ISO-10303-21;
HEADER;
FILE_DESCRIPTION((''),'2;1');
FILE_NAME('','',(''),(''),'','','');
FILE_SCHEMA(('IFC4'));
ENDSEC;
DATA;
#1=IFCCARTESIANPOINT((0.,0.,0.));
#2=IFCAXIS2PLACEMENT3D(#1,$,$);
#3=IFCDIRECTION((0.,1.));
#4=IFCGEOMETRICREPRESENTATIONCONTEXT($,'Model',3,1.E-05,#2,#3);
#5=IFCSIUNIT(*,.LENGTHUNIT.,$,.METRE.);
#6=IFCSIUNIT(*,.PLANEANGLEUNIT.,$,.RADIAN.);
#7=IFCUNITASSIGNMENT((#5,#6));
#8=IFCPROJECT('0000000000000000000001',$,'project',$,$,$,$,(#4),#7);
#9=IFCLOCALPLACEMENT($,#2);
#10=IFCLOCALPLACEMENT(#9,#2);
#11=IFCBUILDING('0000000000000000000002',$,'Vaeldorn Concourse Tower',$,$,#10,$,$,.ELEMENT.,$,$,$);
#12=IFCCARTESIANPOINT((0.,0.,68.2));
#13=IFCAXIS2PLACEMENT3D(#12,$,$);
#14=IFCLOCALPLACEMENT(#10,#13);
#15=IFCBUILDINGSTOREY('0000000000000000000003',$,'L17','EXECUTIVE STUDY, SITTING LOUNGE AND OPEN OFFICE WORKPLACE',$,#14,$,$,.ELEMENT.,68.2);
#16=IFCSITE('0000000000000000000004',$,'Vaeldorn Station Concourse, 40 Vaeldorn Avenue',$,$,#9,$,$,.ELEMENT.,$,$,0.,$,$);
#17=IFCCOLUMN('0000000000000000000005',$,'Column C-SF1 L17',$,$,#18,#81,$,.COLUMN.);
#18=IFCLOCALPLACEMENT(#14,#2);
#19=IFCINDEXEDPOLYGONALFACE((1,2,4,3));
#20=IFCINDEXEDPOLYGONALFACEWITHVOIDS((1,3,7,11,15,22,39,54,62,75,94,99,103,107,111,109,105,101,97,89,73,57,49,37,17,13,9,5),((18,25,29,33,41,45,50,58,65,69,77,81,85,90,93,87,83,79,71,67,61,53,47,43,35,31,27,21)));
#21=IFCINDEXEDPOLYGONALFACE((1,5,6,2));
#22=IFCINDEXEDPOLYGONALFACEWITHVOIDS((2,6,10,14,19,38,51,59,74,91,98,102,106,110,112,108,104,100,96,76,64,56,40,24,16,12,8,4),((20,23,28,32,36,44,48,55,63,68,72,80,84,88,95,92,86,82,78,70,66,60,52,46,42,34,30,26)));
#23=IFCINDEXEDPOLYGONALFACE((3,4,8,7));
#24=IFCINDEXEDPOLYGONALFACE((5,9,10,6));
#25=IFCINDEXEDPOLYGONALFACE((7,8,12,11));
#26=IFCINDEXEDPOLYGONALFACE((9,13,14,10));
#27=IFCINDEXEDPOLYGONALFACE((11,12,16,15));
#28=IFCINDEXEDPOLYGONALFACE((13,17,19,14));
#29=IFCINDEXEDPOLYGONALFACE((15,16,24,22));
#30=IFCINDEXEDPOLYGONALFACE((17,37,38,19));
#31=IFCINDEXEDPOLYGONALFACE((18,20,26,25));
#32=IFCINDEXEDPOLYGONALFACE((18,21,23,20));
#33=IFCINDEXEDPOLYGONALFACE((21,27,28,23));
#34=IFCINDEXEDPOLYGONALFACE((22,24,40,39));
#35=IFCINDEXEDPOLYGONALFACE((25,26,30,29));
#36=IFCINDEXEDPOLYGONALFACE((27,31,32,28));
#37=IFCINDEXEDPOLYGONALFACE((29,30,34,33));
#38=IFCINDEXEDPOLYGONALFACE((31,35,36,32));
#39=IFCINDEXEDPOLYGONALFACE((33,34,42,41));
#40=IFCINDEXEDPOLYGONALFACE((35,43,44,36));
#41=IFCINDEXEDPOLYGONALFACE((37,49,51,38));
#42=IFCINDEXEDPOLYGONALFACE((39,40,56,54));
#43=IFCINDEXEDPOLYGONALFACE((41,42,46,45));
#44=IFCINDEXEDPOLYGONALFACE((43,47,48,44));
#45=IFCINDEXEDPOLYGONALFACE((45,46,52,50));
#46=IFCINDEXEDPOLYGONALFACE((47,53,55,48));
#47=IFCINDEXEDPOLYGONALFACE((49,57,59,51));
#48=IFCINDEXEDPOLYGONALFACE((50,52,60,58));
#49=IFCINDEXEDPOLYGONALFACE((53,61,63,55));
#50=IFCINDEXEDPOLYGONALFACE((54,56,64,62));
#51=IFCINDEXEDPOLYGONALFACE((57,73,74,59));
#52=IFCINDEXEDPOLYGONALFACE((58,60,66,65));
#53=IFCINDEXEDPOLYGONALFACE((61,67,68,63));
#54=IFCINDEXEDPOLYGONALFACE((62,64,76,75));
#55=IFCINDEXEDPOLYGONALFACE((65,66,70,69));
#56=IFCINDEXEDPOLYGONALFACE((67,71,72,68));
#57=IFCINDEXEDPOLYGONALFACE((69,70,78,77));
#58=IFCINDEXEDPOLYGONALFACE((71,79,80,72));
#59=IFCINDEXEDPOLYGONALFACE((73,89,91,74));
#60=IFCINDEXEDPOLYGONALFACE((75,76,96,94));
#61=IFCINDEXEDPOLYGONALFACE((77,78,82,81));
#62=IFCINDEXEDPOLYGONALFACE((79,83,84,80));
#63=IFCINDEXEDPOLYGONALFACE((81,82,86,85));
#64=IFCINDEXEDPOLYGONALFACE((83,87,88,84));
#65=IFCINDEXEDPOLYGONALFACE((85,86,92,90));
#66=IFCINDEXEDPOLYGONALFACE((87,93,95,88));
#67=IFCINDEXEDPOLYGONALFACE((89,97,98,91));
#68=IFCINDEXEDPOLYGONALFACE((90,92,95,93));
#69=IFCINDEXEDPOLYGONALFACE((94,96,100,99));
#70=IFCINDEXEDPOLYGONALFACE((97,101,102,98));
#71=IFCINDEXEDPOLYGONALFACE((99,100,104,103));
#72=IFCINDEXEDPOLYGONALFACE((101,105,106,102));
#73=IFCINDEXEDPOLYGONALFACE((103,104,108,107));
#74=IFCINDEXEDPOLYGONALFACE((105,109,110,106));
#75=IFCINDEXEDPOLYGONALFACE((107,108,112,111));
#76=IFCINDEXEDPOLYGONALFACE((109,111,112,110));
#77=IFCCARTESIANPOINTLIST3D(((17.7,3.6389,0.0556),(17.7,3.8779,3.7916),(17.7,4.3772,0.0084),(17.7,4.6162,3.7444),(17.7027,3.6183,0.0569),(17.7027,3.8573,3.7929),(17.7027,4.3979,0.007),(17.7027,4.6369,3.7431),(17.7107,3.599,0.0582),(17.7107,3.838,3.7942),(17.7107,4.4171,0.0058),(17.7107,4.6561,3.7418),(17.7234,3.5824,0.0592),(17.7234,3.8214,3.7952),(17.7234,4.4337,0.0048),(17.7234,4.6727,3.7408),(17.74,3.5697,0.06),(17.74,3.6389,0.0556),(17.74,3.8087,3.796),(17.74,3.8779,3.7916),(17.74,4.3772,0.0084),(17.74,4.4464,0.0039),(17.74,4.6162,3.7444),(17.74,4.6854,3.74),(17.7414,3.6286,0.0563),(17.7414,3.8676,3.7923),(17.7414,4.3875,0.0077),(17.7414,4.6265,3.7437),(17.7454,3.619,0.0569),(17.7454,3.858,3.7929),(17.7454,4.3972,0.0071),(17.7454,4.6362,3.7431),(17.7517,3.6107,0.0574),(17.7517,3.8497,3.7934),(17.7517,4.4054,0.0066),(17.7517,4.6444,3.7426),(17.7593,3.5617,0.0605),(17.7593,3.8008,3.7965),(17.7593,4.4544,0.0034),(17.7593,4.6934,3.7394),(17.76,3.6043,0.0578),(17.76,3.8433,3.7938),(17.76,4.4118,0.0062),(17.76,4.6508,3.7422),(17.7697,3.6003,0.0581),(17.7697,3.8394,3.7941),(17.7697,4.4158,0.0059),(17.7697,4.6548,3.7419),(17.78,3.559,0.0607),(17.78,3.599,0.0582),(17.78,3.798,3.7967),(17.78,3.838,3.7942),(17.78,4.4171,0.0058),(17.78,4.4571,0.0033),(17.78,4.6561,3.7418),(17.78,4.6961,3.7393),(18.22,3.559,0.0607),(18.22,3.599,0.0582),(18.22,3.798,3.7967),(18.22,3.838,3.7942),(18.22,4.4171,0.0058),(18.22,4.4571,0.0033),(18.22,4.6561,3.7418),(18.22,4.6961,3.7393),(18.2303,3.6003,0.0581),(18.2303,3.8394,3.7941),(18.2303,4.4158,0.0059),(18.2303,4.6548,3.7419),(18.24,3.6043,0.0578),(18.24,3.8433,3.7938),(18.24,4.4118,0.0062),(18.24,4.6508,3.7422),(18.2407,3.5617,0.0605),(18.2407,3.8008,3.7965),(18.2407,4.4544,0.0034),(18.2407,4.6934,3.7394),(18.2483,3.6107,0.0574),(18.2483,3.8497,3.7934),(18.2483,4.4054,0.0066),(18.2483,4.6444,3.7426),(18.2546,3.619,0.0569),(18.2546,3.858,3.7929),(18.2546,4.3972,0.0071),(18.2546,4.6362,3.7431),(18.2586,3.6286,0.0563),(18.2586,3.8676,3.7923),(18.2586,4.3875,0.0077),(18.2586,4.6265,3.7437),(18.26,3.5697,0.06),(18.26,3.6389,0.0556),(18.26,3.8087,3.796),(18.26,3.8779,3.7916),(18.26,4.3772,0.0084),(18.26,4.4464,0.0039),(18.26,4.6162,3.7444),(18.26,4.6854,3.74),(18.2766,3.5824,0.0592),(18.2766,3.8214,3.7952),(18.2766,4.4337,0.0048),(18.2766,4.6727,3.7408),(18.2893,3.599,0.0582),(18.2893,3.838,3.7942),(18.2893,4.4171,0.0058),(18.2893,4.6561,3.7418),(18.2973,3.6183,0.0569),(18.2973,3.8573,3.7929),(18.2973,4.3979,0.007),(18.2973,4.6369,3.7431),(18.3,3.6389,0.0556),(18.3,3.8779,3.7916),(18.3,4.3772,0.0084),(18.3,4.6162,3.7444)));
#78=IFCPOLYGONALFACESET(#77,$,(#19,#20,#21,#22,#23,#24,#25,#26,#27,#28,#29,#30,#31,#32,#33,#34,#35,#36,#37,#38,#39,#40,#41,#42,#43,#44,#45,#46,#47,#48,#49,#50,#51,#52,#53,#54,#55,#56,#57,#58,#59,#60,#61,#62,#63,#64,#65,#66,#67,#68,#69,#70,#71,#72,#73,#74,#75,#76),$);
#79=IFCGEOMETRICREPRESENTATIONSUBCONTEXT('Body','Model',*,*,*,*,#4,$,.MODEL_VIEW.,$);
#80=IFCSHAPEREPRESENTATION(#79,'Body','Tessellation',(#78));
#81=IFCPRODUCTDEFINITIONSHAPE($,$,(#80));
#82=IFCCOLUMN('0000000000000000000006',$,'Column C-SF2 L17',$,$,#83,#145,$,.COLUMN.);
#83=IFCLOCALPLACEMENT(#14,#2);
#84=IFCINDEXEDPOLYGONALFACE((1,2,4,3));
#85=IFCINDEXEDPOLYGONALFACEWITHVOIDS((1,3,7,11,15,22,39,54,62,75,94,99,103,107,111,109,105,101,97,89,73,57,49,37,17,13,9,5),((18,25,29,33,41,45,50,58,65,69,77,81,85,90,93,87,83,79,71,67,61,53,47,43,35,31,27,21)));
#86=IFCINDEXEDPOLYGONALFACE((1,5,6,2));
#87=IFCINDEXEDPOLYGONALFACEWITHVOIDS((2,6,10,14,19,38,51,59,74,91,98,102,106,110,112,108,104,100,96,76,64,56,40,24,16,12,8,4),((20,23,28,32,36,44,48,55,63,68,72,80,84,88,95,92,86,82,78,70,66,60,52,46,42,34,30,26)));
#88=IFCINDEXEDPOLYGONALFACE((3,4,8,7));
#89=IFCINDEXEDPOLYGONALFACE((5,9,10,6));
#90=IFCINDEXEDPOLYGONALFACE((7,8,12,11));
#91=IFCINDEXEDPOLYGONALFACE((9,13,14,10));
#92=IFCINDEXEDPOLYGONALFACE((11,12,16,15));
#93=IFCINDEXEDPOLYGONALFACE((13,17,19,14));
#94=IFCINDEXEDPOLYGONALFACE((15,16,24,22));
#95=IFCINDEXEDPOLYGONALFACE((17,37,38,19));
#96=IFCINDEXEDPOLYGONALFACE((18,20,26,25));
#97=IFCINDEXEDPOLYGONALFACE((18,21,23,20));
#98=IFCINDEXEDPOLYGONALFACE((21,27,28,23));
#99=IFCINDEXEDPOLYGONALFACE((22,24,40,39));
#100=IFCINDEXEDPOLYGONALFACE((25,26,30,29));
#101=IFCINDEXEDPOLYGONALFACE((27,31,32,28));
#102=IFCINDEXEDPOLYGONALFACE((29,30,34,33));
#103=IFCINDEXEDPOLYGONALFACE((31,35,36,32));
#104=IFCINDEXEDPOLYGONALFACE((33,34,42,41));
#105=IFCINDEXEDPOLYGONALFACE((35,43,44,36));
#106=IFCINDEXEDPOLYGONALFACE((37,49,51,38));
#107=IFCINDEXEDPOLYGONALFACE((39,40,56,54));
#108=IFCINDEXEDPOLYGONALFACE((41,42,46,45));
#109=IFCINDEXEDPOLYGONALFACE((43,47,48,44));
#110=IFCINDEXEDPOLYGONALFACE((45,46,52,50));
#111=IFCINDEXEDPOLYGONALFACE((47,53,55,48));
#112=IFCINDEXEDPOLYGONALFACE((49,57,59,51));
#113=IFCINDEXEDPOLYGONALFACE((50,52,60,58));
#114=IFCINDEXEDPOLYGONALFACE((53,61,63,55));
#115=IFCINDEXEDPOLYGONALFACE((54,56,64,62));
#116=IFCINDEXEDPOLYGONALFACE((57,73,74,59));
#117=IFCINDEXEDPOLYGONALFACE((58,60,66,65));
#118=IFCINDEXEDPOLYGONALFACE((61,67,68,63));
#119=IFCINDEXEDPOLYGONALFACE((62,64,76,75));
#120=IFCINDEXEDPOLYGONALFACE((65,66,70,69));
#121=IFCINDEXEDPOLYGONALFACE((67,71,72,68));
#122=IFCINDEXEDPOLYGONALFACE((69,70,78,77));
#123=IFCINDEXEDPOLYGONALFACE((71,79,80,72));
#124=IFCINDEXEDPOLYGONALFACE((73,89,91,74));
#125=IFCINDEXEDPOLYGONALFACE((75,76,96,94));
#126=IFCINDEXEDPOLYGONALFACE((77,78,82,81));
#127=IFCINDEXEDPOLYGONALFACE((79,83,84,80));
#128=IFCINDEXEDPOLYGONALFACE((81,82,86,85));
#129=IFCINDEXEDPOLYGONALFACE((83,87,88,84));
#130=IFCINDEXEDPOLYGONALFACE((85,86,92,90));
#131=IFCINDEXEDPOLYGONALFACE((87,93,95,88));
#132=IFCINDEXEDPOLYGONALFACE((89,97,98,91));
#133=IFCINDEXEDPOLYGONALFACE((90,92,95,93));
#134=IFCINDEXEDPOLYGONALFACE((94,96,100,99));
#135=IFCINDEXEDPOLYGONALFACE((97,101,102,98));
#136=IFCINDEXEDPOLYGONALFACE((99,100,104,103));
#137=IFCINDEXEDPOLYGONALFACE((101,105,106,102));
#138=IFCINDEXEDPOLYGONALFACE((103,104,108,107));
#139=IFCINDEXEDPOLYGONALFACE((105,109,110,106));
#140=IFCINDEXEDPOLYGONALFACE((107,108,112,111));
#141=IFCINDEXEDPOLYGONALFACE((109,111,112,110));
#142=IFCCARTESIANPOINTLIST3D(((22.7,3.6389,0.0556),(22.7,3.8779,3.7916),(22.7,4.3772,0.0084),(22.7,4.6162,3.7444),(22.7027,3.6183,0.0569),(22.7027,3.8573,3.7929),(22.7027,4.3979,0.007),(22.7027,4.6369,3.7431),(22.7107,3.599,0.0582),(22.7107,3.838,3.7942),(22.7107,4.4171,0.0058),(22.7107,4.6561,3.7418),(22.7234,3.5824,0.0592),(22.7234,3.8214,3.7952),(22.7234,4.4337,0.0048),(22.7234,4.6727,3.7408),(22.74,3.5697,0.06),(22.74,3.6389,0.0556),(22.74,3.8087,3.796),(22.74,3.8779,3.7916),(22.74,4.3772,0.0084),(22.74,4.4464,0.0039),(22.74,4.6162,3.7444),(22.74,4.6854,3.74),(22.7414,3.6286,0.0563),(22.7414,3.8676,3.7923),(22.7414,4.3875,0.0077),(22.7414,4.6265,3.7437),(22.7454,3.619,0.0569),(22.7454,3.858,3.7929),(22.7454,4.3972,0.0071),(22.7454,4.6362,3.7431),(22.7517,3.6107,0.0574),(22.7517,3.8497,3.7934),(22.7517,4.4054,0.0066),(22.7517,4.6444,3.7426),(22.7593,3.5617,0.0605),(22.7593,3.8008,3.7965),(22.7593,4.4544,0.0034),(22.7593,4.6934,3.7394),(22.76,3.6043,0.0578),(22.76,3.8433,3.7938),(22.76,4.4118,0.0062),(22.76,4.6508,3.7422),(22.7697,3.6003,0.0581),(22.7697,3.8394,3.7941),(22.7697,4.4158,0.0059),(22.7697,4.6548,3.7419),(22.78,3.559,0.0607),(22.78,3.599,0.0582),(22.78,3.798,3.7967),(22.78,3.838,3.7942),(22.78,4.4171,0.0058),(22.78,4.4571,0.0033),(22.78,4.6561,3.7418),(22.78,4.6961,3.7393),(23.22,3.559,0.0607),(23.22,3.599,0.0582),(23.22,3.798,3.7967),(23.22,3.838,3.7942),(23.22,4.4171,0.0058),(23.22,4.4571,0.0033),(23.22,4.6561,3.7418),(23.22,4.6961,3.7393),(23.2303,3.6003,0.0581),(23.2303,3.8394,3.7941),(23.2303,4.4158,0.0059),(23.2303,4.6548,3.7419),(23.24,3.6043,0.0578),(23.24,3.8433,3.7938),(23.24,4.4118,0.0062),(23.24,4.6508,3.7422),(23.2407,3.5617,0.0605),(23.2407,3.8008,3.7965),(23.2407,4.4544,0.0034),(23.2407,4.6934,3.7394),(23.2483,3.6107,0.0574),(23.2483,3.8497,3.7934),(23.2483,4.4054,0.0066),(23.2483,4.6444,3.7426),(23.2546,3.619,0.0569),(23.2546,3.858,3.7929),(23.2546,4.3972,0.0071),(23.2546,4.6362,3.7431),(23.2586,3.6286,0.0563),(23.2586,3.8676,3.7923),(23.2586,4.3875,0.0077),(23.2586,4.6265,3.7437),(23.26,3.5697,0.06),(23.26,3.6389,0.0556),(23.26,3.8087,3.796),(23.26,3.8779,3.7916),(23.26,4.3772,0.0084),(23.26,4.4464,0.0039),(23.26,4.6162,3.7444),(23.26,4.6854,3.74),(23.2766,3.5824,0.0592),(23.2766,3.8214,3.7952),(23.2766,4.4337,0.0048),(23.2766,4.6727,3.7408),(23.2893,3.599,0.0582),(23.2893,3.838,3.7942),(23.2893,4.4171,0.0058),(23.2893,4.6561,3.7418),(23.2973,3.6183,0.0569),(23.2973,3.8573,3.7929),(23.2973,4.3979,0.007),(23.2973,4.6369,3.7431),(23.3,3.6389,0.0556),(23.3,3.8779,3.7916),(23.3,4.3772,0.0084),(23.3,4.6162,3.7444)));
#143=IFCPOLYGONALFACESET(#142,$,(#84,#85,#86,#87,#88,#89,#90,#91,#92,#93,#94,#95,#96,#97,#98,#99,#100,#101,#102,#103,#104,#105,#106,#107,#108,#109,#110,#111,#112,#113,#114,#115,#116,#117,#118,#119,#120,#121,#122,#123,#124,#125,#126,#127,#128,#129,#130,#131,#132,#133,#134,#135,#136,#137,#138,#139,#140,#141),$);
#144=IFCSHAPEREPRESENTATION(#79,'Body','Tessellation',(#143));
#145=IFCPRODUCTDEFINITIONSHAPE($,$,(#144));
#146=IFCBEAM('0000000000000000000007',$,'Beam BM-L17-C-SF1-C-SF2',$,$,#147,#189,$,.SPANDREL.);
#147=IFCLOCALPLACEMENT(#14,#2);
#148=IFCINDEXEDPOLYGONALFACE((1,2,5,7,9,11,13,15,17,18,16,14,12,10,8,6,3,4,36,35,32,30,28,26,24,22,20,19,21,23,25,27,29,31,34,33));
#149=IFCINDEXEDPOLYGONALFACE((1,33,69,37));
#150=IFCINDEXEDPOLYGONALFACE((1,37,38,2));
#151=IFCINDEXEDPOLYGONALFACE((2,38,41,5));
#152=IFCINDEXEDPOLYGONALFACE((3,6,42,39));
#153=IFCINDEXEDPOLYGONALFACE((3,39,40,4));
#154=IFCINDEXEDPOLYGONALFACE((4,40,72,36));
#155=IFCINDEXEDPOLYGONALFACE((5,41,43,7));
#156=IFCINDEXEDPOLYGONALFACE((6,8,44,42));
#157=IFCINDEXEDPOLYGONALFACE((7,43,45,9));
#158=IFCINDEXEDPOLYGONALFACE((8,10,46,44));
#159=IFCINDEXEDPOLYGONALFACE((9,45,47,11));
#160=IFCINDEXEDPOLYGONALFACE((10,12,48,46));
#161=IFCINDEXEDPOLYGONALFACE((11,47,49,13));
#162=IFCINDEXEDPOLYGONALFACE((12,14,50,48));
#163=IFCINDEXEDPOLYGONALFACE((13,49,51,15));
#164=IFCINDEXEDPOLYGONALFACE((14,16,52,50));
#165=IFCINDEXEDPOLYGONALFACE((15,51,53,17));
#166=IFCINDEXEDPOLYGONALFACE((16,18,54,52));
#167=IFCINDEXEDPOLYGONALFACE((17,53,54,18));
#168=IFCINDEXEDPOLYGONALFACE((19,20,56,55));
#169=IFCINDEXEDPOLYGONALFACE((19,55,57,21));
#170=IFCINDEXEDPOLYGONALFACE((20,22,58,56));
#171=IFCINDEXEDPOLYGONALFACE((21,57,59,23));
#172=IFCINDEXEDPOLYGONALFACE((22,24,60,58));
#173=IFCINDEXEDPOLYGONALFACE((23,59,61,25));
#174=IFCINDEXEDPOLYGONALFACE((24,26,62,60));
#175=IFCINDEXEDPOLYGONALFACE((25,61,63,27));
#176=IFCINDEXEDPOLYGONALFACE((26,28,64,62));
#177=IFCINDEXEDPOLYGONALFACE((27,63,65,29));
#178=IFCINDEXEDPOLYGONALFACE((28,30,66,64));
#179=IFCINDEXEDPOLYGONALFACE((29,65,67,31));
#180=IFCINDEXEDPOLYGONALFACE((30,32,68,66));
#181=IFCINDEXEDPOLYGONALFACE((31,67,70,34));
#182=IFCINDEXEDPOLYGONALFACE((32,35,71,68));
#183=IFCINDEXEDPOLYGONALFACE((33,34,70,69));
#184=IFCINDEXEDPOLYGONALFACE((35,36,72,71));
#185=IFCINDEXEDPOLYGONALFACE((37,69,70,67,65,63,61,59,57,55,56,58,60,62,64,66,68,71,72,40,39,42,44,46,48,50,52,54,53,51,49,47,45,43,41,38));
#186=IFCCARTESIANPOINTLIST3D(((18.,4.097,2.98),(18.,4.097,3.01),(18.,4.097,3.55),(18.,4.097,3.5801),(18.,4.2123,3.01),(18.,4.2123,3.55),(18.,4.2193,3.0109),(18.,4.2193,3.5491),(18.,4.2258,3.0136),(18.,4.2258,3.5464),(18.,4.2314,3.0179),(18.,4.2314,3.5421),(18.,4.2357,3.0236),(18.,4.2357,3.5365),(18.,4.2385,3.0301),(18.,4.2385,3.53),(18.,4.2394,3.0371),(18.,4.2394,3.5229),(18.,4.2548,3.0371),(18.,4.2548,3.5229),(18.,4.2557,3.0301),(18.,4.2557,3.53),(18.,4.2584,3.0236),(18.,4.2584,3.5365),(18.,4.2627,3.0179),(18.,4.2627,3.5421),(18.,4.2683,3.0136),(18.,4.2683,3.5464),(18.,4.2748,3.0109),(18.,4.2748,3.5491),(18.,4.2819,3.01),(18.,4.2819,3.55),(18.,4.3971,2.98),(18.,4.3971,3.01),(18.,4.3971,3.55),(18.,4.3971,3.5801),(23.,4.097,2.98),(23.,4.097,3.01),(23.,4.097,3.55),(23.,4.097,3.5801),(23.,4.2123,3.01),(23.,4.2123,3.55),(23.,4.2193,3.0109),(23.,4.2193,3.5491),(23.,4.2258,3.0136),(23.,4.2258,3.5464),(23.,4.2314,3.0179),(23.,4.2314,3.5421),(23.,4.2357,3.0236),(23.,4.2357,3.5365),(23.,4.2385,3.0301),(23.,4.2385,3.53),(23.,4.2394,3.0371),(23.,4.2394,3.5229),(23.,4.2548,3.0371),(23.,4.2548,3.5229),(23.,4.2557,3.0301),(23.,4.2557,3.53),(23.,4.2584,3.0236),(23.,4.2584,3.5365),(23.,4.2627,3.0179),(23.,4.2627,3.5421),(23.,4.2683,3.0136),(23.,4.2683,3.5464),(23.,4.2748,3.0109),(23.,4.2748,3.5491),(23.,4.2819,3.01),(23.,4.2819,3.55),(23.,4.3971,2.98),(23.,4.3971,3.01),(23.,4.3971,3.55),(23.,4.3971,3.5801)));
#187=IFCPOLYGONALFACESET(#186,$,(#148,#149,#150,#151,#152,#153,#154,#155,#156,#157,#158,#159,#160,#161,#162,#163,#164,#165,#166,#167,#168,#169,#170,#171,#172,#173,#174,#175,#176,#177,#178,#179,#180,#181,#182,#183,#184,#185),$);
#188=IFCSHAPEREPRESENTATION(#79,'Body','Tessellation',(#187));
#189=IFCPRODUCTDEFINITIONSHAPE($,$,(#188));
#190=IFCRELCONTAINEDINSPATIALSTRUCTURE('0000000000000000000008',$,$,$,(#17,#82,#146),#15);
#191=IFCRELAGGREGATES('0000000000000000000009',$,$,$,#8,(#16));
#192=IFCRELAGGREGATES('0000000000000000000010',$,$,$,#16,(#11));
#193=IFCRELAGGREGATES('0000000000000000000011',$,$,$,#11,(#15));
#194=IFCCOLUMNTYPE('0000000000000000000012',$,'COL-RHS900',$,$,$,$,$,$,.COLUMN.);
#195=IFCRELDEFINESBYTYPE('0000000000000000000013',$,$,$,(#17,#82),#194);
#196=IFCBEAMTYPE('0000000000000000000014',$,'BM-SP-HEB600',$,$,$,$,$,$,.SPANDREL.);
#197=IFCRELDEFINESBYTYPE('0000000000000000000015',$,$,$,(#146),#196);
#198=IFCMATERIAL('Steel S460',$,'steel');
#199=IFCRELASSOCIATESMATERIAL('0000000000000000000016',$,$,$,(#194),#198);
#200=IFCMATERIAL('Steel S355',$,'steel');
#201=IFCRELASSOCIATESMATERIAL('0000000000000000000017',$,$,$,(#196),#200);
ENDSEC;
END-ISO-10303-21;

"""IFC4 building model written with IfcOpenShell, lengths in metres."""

from ifc_helpers import new_model, si_unit, direction, frame, origin, origin_2d, place, context, subcontext, project, spatial, hollow_rectangle, i_section, extrude, source, transform, mapped, material, material_profile, profile_set, type_object, element, save


model = new_model("IFC4")

# Units and contexts
model_context = context("Model", 3, precision=1e-05, world=origin(), true_north=direction((0.0, 1.0)))
body_context = subcontext(model_context, "Body", "Model", "MODEL_VIEW")
ifc_project = project(units=[si_unit("LENGTHUNIT", "METRE"), si_unit("PLANEANGLEUNIT", "RADIAN")], contexts=[model_context])

# Site, building, storey
site_placement = place(None, origin())
site = spatial("IfcSite", under=ifc_project, at=site_placement, Name="Vaeldorn Station Concourse, 40 Vaeldorn Avenue", CompositionType="ELEMENT", RefElevation=0.0)
building_placement = place(site_placement, origin())
building = spatial("IfcBuilding", under=site, at=building_placement, Name="Vaeldorn Concourse Tower", CompositionType="ELEMENT")
storey_placement = place(building_placement, frame((0.0, 0.0, 68.2)))
storey = spatial("IfcBuildingStorey", under=building, at=storey_placement, Name="L17", Description="EXECUTIVE STUDY, SITTING LOUNGE AND OPEN OFFICE WORKPLACE", CompositionType="ELEMENT", Elevation=68.2)

# Columns
ifc_material_1 = material(Name="Steel S460", Category="steel")
ifc_material_profile_1 = material_profile(ifc_material_1, hollow_rectangle(XDim=0.6001, YDim=0.8999, WallThickness=0.04, InnerFilletRadius=0.04, OuterFilletRadius=0.0801, at=origin_2d()), Name="RHS 900x600x40")
ifc_profile_set_1 = profile_set([ifc_material_profile_1], Name="Steel S460")
column_type = type_object("IfcColumnType", Name="COL-RHS900", PredefinedType="COLUMN", material=ifc_profile_set_1)
shared_shape_1 = source(origin(), body_context, "Body", "SweptSolid", [
    extrude(hollow_rectangle(XDim=0.6001, YDim=0.8999, WallThickness=0.04, InnerFilletRadius=0.04, OuterFilletRadius=0.0801, at=origin_2d()), origin(), (0.0, 0.0, 1.0), 3.7437),
])
for number, where, z_axis, x_axis, name in (
    (1, (18.0, 4.0081, 0.032), (0.0, 0.063844, 0.99796), (-1.0, 0.0, 0.0), "Column C-SF1 L17"),
    (2, (23.0, 4.0081, 0.032), (0.0, 0.063844, 0.99796), (-1.0, 0.0, 0.0), "Column C-SF2 L17"),
):
    element("IfcColumn", number, at=place(storey_placement, frame(where, z_axis=z_axis, x_axis=x_axis)), inside=storey, type_object=column_type, Name=name, PredefinedType="COLUMN", context=body_context, shape_type="MappedRepresentation", body=[
        mapped(shared_shape_1, transform((0.0, 0.0, 0.0), scale=1.0)),
    ])

# Beam
ifc_material_2 = material(Name="Steel S355", Category="steel")
ifc_material_profile_2 = material_profile(ifc_material_2, i_section(OverallWidth=0.3, OverallDepth=0.6001, WebThickness=0.0154, FlangeThickness=0.03, FilletRadius=0.0271, at=origin_2d()), Name="HEB 600")
ifc_profile_set_2 = profile_set([ifc_material_profile_2], Name="Steel S355")
beam_type_1 = type_object("IfcBeamType", Name="BM-SP-HEB600", PredefinedType="SPANDREL", material=ifc_profile_set_2)
shared_shape_2 = source(origin(), body_context, "Body", "SweptSolid", [
    extrude(i_section(OverallWidth=0.3, OverallDepth=0.6001, WebThickness=0.0154, FlangeThickness=0.03, FilletRadius=0.0271, at=origin_2d()), origin(), (0.0, 0.0, 1.0), 5.0),
])
beam_1_placement = place(storey_placement, frame((18.0, 4.2471, 3.28), z_axis=(1.0, 0.0, 0.0), x_axis=(0.0, 1.0, 0.0)))
element("IfcBeam", 3, at=beam_1_placement, inside=storey, type_object=beam_type_1, Name="Beam BM-L17-C-SF1-C-SF2", PredefinedType="SPANDREL", context=body_context, shape_type="MappedRepresentation", body=[
    mapped(shared_shape_2, transform((0.0, 0.0, 0.0), scale=1.0)),
])

save(model, "model.ifc")
